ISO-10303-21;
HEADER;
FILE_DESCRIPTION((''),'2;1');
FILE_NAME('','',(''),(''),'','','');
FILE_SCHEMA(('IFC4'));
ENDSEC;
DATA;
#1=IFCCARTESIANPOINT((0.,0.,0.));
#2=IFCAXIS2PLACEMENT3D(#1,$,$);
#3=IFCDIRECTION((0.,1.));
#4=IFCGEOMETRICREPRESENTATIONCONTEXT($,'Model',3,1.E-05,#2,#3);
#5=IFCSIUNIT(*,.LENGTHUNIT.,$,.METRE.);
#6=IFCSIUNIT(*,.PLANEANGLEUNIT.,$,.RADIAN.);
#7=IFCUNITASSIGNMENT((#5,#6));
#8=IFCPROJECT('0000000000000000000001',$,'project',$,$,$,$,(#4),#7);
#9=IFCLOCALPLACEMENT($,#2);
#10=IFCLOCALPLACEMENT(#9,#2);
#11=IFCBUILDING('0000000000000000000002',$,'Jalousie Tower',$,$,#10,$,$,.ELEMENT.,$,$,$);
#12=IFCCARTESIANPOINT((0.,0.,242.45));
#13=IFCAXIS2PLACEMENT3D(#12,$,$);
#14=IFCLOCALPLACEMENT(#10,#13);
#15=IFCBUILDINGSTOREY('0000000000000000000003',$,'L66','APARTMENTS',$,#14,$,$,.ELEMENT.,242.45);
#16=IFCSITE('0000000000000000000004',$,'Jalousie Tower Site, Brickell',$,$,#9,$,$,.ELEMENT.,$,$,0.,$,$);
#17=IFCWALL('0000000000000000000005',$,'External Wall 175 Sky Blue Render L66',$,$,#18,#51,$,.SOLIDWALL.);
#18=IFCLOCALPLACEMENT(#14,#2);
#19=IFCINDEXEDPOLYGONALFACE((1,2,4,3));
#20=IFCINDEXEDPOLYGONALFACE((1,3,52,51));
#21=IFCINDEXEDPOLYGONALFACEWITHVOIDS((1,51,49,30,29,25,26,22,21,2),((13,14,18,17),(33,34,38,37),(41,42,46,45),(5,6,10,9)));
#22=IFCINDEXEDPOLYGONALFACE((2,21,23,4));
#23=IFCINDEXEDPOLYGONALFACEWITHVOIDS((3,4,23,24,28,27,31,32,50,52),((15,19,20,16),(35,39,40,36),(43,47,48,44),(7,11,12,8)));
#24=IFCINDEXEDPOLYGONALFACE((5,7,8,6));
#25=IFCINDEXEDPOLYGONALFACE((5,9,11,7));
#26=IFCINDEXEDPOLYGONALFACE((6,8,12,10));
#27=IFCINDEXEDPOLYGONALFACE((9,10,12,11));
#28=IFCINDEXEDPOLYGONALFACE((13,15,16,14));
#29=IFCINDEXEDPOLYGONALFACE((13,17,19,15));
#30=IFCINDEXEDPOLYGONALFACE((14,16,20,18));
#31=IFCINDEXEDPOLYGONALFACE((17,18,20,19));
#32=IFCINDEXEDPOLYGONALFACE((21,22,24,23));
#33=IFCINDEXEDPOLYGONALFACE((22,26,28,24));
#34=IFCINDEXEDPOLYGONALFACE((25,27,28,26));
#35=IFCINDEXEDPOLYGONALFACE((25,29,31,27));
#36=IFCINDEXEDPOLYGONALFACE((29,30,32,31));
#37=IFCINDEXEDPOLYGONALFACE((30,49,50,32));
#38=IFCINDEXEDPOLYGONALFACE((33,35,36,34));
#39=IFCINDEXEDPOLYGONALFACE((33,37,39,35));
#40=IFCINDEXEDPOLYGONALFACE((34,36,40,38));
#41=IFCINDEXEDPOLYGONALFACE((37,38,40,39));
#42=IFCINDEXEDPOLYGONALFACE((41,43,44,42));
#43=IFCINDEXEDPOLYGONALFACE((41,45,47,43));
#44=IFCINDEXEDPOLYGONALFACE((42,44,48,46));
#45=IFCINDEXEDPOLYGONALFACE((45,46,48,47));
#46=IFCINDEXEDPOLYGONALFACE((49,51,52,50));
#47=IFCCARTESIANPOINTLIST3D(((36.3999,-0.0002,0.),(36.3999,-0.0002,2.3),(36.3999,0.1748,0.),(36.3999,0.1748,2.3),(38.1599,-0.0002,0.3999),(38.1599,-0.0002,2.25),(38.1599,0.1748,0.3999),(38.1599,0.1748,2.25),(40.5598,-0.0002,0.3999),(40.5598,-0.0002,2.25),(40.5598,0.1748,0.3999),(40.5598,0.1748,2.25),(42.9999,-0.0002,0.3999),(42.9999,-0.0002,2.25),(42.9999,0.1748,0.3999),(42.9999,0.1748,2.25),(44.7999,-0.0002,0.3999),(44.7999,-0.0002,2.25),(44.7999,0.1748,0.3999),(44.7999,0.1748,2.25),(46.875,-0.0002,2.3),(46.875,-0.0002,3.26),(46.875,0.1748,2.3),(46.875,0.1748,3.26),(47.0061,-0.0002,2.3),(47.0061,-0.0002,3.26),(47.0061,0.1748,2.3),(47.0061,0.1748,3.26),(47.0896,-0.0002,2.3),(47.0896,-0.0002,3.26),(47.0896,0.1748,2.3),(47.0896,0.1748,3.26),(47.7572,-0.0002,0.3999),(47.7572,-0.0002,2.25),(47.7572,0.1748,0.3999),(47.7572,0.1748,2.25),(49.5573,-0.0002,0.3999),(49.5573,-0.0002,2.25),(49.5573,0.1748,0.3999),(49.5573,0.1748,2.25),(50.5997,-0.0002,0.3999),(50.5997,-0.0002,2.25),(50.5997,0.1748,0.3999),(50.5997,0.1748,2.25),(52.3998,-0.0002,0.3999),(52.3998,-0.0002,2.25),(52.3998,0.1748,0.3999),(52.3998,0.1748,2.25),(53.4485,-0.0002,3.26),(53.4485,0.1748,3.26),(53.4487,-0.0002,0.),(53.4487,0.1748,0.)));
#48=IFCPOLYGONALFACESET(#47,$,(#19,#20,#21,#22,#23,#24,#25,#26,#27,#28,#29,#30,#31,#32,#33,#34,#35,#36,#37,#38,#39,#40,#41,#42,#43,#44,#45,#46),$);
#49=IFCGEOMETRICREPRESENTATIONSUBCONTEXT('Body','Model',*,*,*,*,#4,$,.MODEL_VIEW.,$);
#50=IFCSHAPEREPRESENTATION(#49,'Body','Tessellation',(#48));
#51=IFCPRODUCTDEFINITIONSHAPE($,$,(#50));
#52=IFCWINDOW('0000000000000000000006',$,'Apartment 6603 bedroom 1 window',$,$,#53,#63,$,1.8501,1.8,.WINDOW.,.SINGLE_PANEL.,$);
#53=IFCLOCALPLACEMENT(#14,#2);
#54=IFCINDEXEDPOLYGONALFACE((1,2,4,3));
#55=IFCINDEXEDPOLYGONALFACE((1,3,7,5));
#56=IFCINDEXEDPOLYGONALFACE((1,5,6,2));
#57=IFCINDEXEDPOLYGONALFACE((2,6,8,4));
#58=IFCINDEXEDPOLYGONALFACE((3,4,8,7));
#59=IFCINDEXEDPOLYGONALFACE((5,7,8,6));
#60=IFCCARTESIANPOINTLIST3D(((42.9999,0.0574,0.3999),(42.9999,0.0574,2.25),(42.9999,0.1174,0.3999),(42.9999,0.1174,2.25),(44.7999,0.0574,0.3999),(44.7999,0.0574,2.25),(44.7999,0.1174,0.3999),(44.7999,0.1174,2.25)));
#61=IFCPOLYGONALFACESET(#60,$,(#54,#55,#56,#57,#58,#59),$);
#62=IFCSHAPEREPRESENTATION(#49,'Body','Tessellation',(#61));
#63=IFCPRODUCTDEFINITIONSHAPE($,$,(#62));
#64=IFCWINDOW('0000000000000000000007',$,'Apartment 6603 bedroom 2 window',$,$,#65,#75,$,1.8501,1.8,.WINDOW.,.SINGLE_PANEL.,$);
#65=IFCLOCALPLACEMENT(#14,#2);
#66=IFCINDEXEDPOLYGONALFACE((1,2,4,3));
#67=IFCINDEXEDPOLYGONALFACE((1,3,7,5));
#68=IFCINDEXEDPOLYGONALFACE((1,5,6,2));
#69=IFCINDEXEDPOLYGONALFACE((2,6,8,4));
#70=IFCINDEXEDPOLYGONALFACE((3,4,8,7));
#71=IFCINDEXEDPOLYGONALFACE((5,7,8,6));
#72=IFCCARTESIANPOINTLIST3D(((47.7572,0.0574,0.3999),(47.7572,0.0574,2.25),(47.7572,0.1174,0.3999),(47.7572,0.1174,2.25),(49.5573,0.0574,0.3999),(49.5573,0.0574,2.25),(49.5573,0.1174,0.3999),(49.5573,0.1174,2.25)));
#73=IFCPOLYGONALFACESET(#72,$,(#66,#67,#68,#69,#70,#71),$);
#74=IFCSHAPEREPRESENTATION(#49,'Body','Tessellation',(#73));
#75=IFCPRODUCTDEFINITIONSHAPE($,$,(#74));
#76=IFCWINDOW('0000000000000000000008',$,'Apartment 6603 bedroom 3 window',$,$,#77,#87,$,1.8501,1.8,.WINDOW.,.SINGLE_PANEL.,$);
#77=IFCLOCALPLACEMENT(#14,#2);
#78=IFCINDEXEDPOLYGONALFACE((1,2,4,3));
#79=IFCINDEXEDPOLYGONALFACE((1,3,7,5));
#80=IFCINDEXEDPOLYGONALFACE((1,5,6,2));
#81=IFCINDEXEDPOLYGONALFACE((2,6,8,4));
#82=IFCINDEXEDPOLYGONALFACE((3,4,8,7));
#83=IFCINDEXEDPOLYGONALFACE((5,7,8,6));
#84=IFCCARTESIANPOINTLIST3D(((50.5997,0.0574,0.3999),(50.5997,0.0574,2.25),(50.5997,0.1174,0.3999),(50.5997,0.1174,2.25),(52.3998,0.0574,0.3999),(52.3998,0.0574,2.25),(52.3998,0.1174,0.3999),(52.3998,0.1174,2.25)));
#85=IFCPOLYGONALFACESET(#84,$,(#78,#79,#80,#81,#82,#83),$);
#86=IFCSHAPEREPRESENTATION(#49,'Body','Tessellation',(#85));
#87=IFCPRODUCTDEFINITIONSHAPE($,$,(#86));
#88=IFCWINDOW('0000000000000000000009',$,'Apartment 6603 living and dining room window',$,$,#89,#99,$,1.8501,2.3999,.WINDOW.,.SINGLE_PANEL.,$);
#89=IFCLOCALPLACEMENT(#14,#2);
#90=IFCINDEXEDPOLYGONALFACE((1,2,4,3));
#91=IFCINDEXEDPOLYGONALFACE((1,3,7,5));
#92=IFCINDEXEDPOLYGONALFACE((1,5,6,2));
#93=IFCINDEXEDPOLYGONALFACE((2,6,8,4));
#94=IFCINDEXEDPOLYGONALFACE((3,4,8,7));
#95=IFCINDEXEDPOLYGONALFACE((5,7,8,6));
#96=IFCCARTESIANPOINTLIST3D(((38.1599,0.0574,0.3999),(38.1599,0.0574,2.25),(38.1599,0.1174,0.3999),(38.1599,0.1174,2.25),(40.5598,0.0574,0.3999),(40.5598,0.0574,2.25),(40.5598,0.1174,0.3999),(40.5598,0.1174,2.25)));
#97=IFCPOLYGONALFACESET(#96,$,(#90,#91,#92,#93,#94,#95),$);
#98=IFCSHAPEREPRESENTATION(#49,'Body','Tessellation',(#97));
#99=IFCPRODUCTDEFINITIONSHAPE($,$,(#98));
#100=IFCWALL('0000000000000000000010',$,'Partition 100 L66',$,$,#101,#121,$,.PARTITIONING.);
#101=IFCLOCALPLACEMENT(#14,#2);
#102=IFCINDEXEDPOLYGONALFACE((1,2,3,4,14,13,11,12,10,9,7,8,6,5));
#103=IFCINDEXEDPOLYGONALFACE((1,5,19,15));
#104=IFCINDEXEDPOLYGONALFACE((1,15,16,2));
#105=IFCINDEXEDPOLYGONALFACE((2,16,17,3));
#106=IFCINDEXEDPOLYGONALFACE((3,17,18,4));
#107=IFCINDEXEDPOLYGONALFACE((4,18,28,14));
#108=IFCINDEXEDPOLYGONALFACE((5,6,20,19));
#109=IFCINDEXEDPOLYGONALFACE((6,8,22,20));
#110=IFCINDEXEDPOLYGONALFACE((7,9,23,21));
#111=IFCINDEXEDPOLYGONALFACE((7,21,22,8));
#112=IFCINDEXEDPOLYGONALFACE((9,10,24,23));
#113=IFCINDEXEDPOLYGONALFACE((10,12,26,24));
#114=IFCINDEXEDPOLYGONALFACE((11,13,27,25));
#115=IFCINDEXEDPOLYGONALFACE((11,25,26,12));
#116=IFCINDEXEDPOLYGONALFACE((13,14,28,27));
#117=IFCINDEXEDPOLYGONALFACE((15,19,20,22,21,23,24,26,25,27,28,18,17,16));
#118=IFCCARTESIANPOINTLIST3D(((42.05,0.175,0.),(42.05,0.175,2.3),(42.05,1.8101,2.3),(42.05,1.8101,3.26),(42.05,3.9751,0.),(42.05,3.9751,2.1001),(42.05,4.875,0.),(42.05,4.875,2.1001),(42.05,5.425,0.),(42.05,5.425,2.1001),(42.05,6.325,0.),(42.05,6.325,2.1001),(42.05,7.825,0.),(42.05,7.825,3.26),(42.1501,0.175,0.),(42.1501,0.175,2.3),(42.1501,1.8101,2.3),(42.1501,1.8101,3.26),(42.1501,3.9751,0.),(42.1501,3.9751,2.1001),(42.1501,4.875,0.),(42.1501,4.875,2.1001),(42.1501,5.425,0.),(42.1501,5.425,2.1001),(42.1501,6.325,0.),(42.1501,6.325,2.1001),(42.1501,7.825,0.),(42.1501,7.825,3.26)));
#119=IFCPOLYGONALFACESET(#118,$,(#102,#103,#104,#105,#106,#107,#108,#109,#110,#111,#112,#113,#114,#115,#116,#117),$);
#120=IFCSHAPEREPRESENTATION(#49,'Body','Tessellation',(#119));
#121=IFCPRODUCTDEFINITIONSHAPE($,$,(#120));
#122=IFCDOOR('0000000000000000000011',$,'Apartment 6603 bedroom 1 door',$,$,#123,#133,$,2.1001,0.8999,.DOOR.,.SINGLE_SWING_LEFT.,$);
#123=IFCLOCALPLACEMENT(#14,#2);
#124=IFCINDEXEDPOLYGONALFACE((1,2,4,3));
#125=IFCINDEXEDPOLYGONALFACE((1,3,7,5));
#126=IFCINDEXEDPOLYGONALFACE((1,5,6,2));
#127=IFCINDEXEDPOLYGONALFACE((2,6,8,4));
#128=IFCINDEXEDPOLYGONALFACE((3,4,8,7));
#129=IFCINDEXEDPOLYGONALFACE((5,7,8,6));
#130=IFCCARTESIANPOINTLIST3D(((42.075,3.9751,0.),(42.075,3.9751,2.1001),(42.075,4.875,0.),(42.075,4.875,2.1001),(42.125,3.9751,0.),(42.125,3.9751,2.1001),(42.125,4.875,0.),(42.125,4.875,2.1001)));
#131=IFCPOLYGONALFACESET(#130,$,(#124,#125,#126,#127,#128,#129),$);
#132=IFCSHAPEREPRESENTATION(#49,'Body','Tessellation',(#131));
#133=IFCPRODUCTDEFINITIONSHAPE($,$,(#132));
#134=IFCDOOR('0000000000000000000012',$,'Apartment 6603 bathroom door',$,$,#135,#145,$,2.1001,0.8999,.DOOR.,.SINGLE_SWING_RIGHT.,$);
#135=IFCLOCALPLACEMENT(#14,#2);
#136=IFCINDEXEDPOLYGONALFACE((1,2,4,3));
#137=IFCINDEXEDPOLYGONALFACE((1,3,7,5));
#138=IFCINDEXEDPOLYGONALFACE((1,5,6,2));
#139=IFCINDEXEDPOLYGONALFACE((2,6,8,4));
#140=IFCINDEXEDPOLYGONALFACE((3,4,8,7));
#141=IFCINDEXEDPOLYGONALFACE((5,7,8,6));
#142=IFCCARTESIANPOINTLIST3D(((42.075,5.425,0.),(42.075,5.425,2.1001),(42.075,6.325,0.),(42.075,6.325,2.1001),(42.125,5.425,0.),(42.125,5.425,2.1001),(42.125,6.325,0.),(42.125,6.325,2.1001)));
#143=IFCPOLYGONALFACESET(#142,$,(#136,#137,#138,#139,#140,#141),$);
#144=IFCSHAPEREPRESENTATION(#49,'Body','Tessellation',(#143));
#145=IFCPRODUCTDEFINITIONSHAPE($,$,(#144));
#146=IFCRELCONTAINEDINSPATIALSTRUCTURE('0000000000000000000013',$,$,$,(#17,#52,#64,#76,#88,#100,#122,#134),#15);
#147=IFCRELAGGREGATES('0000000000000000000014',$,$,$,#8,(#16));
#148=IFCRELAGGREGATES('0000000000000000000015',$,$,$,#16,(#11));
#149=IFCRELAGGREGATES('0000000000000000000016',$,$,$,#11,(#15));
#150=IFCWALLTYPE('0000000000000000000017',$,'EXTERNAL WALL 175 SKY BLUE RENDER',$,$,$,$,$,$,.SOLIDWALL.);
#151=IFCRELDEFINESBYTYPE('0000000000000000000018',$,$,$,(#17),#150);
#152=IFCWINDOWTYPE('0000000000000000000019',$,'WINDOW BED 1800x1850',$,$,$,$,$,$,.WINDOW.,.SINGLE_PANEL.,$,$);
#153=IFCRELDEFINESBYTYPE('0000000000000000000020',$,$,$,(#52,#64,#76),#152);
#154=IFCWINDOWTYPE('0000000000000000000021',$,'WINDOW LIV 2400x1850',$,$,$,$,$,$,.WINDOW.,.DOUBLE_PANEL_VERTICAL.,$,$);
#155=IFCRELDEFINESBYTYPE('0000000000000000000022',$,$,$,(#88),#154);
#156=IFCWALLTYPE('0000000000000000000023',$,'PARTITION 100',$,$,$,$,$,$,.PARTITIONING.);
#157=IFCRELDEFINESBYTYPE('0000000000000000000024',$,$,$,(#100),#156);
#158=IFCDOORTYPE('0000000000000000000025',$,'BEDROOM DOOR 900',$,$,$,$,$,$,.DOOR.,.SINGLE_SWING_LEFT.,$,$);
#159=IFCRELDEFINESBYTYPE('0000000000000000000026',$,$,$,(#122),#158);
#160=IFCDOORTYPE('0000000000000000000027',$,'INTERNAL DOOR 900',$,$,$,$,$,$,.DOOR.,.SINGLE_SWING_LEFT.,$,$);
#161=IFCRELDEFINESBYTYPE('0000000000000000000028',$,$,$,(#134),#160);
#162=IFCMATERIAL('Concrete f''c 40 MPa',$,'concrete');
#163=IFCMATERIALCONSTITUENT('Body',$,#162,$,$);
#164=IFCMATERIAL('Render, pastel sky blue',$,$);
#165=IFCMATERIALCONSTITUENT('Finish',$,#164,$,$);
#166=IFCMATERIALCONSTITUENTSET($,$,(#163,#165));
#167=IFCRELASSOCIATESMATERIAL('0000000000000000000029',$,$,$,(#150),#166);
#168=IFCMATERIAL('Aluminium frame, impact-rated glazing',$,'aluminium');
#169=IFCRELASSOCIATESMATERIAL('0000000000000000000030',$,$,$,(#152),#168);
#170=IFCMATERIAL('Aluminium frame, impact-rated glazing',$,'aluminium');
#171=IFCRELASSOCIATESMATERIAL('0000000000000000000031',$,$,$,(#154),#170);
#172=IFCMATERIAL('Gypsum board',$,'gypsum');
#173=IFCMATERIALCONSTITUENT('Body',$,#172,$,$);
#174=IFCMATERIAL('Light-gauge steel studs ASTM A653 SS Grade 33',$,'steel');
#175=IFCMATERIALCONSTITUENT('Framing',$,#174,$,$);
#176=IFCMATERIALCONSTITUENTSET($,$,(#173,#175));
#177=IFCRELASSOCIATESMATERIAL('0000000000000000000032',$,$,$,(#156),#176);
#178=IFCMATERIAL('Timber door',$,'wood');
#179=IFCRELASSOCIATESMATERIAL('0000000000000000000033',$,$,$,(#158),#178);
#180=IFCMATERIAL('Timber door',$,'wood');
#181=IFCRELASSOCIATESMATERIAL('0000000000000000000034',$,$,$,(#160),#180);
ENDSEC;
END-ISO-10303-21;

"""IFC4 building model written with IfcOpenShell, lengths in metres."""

from ifc_helpers import new_model, si_unit, direction, frame, frame_2d, origin, place, context, subcontext, project, spatial, polyline, rectangle, outline, extrude, material, constituent, constituent_set, type_object, element, fill, save


model = new_model("IFC4")

# Units and contexts
model_context = context("Model", 3, precision=1e-05, world=origin(), true_north=direction((0.0, 1.0)))
body_context = subcontext(model_context, "Body", "Model", "MODEL_VIEW")
ifc_project = project(units=[si_unit("LENGTHUNIT", "METRE"), si_unit("PLANEANGLEUNIT", "RADIAN")], contexts=[model_context])

# Site, building, storey
site_placement = place(None, origin())
site = spatial("IfcSite", under=ifc_project, at=site_placement, Name="Jalousie Tower Site, Brickell", CompositionType="ELEMENT", RefElevation=0.0)
building_placement = place(site_placement, origin())
building = spatial("IfcBuilding", under=site, at=building_placement, Name="Jalousie Tower", CompositionType="ELEMENT")
storey_placement = place(building_placement, frame((0.0, 0.0, 242.45)))
storey = spatial("IfcBuildingStorey", under=building, at=storey_placement, Name="L66", Description="APARTMENTS", CompositionType="ELEMENT", Elevation=242.45)

# Wall, openings, windows
ifc_material_1 = material(Name="Concrete f'c 40 MPa", Category="concrete")
ifc_constituent_1 = constituent(ifc_material_1, Name="Body")
ifc_material_2 = material(Name="Render, pastel sky blue")
ifc_constituent_2 = constituent(ifc_material_2, Name="Finish")
ifc_constituent_set_1 = constituent_set(constituents=[ifc_constituent_1, ifc_constituent_2])
wall_type_1 = type_object("IfcWallType", Name="EXTERNAL WALL 175 SKY BLUE RENDER", PredefinedType="SOLIDWALL", material=ifc_constituent_set_1)
wall_1_placement = place(storey_placement, frame((36.3999, 0.0874, 0.0), z_axis=(0.0, 0.0, 1.0), x_axis=(1.0, 0.0, 0.0)))
wall_1 = element("IfcWall", 1, at=wall_1_placement, inside=storey, type_object=wall_type_1, Name="External Wall 175 Sky Blue Render L66", PredefinedType="SOLIDWALL", context=body_context, shape_type="SweptSolid", body=[
    extrude(outline(polyline([(0.0, 0.0), (17.0488, 0.0), (17.0486, 3.26), (10.6897, 3.26), (10.6897, 2.3), (10.6062, 2.3), (10.6062, 3.26), (10.4751, 3.26), (10.4751, 2.3), (0.0, 2.3), (0.0, 0.0)])), frame((0.0, 0.0874, 0.0), z_axis=(0.0, -1.0, 0.0), x_axis=(1.0, 0.0, 0.0)), (0.0, 0.0, 1.0), 0.175),
])
opening_1_placement = place(wall_1_placement, frame((1.76, 0.0, 0.3999)))
opening_1 = element("IfcOpeningElement", 2, at=opening_1_placement, cuts=wall_1, PredefinedType="OPENING", context=body_context, shape_type="SweptSolid", body=[
    extrude(rectangle(XDim=2.3999, YDim=1.8501, at=frame_2d((1.2, 0.925))), frame((0.0, 0.0974, 0.0), z_axis=(0.0, -1.0, 0.0), x_axis=(1.0, 0.0, 0.0)), (0.0, 0.0, 1.0), 0.1951),
])
opening_2_placement = place(wall_1_placement, frame((6.6001, 0.0, 0.3999)))
opening_2 = element("IfcOpeningElement", 3, at=opening_2_placement, cuts=wall_1, PredefinedType="OPENING", context=body_context, shape_type="SweptSolid", body=[
    extrude(rectangle(XDim=1.8, YDim=1.8501, at=frame_2d((0.8999, 0.925))), frame((0.0, 0.0974, 0.0), z_axis=(0.0, -1.0, 0.0), x_axis=(1.0, 0.0, 0.0)), (0.0, 0.0, 1.0), 0.1951),
])
opening_3_placement = place(wall_1_placement, frame((11.3574, 0.0, 0.3999)))
opening_3 = element("IfcOpeningElement", 4, at=opening_3_placement, cuts=wall_1, PredefinedType="OPENING", context=body_context, shape_type="SweptSolid", body=[
    extrude(rectangle(XDim=1.8, YDim=1.8501, at=frame_2d((0.8999, 0.925))), frame((0.0, 0.0974, 0.0), z_axis=(0.0, -1.0, 0.0), x_axis=(1.0, 0.0, 0.0)), (0.0, 0.0, 1.0), 0.1951),
])
opening_4_placement = place(wall_1_placement, frame((14.2, 0.0, 0.3999)))
opening_4 = element("IfcOpeningElement", 5, at=opening_4_placement, cuts=wall_1, PredefinedType="OPENING", context=body_context, shape_type="SweptSolid", body=[
    extrude(rectangle(XDim=1.8, YDim=1.8501, at=frame_2d((0.8999, 0.925))), frame((0.0, 0.0974, 0.0), z_axis=(0.0, -1.0, 0.0), x_axis=(1.0, 0.0, 0.0)), (0.0, 0.0, 1.0), 0.1951),
])
ifc_material_3 = material(Name="Aluminium frame, impact-rated glazing", Category="aluminium")
window_type_1 = type_object("IfcWindowType", Name="WINDOW BED 1800x1850", PartitioningType="SINGLE_PANEL", PredefinedType="WINDOW", material=ifc_material_3)
window_1_placement = place(opening_2_placement, origin())
window_1 = element("IfcWindow", 6, at=window_1_placement, inside=storey, type_object=window_type_1, Name="Apartment 6603 bedroom 1 window", OverallHeight=1.8501, OverallWidth=1.8, PartitioningType="SINGLE_PANEL", PredefinedType="WINDOW", context=body_context, shape_type="SweptSolid", body=[
    extrude(rectangle(XDim=1.8, YDim=1.8501, at=frame_2d((0.8999, 0.925))), frame((0.0, 0.03, 0.0), z_axis=(0.0, -1.0, 0.0), x_axis=(1.0, 0.0, 0.0)), (0.0, 0.0, 1.0), 0.0601),
])
fill(opening_2, window_1)
window_2_placement = place(opening_3_placement, origin())
window_2 = element("IfcWindow", 7, at=window_2_placement, inside=storey, type_object=window_type_1, Name="Apartment 6603 bedroom 2 window", OverallHeight=1.8501, OverallWidth=1.8, PartitioningType="SINGLE_PANEL", PredefinedType="WINDOW", context=body_context, shape_type="SweptSolid", body=[
    extrude(rectangle(XDim=1.8, YDim=1.8501, at=frame_2d((0.8999, 0.925))), frame((0.0, 0.03, 0.0), z_axis=(0.0, -1.0, 0.0), x_axis=(1.0, 0.0, 0.0)), (0.0, 0.0, 1.0), 0.0601),
])
fill(opening_3, window_2)
window_3_placement = place(opening_4_placement, origin())
window_3 = element("IfcWindow", 8, at=window_3_placement, inside=storey, type_object=window_type_1, Name="Apartment 6603 bedroom 3 window", OverallHeight=1.8501, OverallWidth=1.8, PartitioningType="SINGLE_PANEL", PredefinedType="WINDOW", context=body_context, shape_type="SweptSolid", body=[
    extrude(rectangle(XDim=1.8, YDim=1.8501, at=frame_2d((0.8999, 0.925))), frame((0.0, 0.03, 0.0), z_axis=(0.0, -1.0, 0.0), x_axis=(1.0, 0.0, 0.0)), (0.0, 0.0, 1.0), 0.0601),
])
fill(opening_4, window_3)
ifc_material_4 = material(Name="Aluminium frame, impact-rated glazing", Category="aluminium")
window_type_2 = type_object("IfcWindowType", Name="WINDOW LIV 2400x1850", PartitioningType="DOUBLE_PANEL_VERTICAL", PredefinedType="WINDOW", material=ifc_material_4)
window_4_placement = place(opening_1_placement, origin())
window_4 = element("IfcWindow", 9, at=window_4_placement, inside=storey, type_object=window_type_2, Name="Apartment 6603 living and dining room window", OverallHeight=1.8501, OverallWidth=2.3999, PartitioningType="SINGLE_PANEL", PredefinedType="WINDOW", context=body_context, shape_type="SweptSolid", body=[
    extrude(rectangle(XDim=2.3999, YDim=1.8501, at=frame_2d((1.2, 0.925))), frame((0.0, 0.03, 0.0), z_axis=(0.0, -1.0, 0.0), x_axis=(1.0, 0.0, 0.0)), (0.0, 0.0, 1.0), 0.0601),
])
fill(opening_1, window_4)

# Wall, openings, doors
ifc_material_5 = material(Name="Gypsum board", Category="gypsum")
ifc_constituent_3 = constituent(ifc_material_5, Name="Body")
ifc_material_6 = material(Name="Light-gauge steel studs ASTM A653 SS Grade 33", Category="steel")
ifc_constituent_4 = constituent(ifc_material_6, Name="Framing")
ifc_constituent_set_2 = constituent_set(constituents=[ifc_constituent_3, ifc_constituent_4])
wall_type_2 = type_object("IfcWallType", Name="PARTITION 100", PredefinedType="PARTITIONING", material=ifc_constituent_set_2)
wall_2_placement = place(storey_placement, frame((42.1001, 0.175, 0.0), z_axis=(0.0, 0.0, 1.0), x_axis=(0.0, 1.0, 0.0)))
wall_2 = element("IfcWall", 10, at=wall_2_placement, inside=storey, type_object=wall_type_2, Name="Partition 100 L66", PredefinedType="PARTITIONING", context=body_context, shape_type="SweptSolid", body=[
    extrude(outline(polyline([(0.0, 0.0), (7.6499, 0.0), (7.6499, 3.26), (1.635, 3.26), (1.635, 2.3), (0.0, 2.3), (0.0, 3.26), (0.0, 0.0)])), frame((0.0, 0.05, 0.0), z_axis=(0.0, -1.0, 0.0), x_axis=(1.0, 0.0, 0.0)), (0.0, 0.0, 1.0), 0.1001),
])
opening_5_placement = place(wall_2_placement, frame((3.8, 0.0, 0.0)))
opening_5 = element("IfcOpeningElement", 11, at=opening_5_placement, cuts=wall_2, PredefinedType="OPENING", context=body_context, shape_type="SweptSolid", body=[
    extrude(rectangle(XDim=0.8999, YDim=2.1001, at=frame_2d((0.45, 1.05))), frame((0.0, 0.0601, 0.0), z_axis=(0.0, -1.0, 0.0), x_axis=(1.0, 0.0, 0.0)), (0.0, 0.0, 1.0), 0.1201),
])
opening_6_placement = place(wall_2_placement, frame((5.25, 0.0, 0.0)))
opening_6 = element("IfcOpeningElement", 12, at=opening_6_placement, cuts=wall_2, PredefinedType="OPENING", context=body_context, shape_type="SweptSolid", body=[
    extrude(rectangle(XDim=0.8999, YDim=2.1001, at=frame_2d((0.45, 1.05))), frame((0.0, 0.0601, 0.0), z_axis=(0.0, -1.0, 0.0), x_axis=(1.0, 0.0, 0.0)), (0.0, 0.0, 1.0), 0.1201),
])
ifc_material_7 = material(Name="Timber door", Category="wood")
door_type_1 = type_object("IfcDoorType", Name="BEDROOM DOOR 900", OperationType="SINGLE_SWING_LEFT", PredefinedType="DOOR", material=ifc_material_7)
door_1_placement = place(opening_5_placement, frame((0.8999, 0.0, 0.0), z_axis=(0.0, 0.0, 1.0), x_axis=(-1.0, 0.0, 0.0)))
door_1 = element("IfcDoor", 13, at=door_1_placement, inside=storey, type_object=door_type_1, Name="Apartment 6603 bedroom 1 door", OperationType="SINGLE_SWING_LEFT", OverallHeight=2.1001, OverallWidth=0.8999, PredefinedType="DOOR", context=body_context, shape_type="SweptSolid", body=[
    extrude(rectangle(XDim=0.8999, YDim=2.1001, at=frame_2d((0.45, 1.05))), frame((0.0, 0.0249, 0.0), z_axis=(0.0, -1.0, 0.0), x_axis=(1.0, 0.0, 0.0)), (0.0, 0.0, 1.0), 0.05),
])
fill(opening_5, door_1)
ifc_material_8 = material(Name="Timber door", Category="wood")
door_type_2 = type_object("IfcDoorType", Name="INTERNAL DOOR 900", OperationType="SINGLE_SWING_LEFT", PredefinedType="DOOR", material=ifc_material_8)
door_2_placement = place(opening_6_placement, frame((0.8999, 0.0, 0.0), z_axis=(0.0, 0.0, 1.0), x_axis=(-1.0, 0.0, 0.0)))
door_2 = element("IfcDoor", 14, at=door_2_placement, inside=storey, type_object=door_type_2, Name="Apartment 6603 bathroom door", OperationType="SINGLE_SWING_RIGHT", OverallHeight=2.1001, OverallWidth=0.8999, PredefinedType="DOOR", context=body_context, shape_type="SweptSolid", body=[
    extrude(rectangle(XDim=0.8999, YDim=2.1001, at=frame_2d((0.45, 1.05))), frame((0.0, 0.0249, 0.0), z_axis=(0.0, -1.0, 0.0), x_axis=(1.0, 0.0, 0.0)), (0.0, 0.0, 1.0), 0.05),
])
fill(opening_6, door_2)

save(model, "model.ifc")
